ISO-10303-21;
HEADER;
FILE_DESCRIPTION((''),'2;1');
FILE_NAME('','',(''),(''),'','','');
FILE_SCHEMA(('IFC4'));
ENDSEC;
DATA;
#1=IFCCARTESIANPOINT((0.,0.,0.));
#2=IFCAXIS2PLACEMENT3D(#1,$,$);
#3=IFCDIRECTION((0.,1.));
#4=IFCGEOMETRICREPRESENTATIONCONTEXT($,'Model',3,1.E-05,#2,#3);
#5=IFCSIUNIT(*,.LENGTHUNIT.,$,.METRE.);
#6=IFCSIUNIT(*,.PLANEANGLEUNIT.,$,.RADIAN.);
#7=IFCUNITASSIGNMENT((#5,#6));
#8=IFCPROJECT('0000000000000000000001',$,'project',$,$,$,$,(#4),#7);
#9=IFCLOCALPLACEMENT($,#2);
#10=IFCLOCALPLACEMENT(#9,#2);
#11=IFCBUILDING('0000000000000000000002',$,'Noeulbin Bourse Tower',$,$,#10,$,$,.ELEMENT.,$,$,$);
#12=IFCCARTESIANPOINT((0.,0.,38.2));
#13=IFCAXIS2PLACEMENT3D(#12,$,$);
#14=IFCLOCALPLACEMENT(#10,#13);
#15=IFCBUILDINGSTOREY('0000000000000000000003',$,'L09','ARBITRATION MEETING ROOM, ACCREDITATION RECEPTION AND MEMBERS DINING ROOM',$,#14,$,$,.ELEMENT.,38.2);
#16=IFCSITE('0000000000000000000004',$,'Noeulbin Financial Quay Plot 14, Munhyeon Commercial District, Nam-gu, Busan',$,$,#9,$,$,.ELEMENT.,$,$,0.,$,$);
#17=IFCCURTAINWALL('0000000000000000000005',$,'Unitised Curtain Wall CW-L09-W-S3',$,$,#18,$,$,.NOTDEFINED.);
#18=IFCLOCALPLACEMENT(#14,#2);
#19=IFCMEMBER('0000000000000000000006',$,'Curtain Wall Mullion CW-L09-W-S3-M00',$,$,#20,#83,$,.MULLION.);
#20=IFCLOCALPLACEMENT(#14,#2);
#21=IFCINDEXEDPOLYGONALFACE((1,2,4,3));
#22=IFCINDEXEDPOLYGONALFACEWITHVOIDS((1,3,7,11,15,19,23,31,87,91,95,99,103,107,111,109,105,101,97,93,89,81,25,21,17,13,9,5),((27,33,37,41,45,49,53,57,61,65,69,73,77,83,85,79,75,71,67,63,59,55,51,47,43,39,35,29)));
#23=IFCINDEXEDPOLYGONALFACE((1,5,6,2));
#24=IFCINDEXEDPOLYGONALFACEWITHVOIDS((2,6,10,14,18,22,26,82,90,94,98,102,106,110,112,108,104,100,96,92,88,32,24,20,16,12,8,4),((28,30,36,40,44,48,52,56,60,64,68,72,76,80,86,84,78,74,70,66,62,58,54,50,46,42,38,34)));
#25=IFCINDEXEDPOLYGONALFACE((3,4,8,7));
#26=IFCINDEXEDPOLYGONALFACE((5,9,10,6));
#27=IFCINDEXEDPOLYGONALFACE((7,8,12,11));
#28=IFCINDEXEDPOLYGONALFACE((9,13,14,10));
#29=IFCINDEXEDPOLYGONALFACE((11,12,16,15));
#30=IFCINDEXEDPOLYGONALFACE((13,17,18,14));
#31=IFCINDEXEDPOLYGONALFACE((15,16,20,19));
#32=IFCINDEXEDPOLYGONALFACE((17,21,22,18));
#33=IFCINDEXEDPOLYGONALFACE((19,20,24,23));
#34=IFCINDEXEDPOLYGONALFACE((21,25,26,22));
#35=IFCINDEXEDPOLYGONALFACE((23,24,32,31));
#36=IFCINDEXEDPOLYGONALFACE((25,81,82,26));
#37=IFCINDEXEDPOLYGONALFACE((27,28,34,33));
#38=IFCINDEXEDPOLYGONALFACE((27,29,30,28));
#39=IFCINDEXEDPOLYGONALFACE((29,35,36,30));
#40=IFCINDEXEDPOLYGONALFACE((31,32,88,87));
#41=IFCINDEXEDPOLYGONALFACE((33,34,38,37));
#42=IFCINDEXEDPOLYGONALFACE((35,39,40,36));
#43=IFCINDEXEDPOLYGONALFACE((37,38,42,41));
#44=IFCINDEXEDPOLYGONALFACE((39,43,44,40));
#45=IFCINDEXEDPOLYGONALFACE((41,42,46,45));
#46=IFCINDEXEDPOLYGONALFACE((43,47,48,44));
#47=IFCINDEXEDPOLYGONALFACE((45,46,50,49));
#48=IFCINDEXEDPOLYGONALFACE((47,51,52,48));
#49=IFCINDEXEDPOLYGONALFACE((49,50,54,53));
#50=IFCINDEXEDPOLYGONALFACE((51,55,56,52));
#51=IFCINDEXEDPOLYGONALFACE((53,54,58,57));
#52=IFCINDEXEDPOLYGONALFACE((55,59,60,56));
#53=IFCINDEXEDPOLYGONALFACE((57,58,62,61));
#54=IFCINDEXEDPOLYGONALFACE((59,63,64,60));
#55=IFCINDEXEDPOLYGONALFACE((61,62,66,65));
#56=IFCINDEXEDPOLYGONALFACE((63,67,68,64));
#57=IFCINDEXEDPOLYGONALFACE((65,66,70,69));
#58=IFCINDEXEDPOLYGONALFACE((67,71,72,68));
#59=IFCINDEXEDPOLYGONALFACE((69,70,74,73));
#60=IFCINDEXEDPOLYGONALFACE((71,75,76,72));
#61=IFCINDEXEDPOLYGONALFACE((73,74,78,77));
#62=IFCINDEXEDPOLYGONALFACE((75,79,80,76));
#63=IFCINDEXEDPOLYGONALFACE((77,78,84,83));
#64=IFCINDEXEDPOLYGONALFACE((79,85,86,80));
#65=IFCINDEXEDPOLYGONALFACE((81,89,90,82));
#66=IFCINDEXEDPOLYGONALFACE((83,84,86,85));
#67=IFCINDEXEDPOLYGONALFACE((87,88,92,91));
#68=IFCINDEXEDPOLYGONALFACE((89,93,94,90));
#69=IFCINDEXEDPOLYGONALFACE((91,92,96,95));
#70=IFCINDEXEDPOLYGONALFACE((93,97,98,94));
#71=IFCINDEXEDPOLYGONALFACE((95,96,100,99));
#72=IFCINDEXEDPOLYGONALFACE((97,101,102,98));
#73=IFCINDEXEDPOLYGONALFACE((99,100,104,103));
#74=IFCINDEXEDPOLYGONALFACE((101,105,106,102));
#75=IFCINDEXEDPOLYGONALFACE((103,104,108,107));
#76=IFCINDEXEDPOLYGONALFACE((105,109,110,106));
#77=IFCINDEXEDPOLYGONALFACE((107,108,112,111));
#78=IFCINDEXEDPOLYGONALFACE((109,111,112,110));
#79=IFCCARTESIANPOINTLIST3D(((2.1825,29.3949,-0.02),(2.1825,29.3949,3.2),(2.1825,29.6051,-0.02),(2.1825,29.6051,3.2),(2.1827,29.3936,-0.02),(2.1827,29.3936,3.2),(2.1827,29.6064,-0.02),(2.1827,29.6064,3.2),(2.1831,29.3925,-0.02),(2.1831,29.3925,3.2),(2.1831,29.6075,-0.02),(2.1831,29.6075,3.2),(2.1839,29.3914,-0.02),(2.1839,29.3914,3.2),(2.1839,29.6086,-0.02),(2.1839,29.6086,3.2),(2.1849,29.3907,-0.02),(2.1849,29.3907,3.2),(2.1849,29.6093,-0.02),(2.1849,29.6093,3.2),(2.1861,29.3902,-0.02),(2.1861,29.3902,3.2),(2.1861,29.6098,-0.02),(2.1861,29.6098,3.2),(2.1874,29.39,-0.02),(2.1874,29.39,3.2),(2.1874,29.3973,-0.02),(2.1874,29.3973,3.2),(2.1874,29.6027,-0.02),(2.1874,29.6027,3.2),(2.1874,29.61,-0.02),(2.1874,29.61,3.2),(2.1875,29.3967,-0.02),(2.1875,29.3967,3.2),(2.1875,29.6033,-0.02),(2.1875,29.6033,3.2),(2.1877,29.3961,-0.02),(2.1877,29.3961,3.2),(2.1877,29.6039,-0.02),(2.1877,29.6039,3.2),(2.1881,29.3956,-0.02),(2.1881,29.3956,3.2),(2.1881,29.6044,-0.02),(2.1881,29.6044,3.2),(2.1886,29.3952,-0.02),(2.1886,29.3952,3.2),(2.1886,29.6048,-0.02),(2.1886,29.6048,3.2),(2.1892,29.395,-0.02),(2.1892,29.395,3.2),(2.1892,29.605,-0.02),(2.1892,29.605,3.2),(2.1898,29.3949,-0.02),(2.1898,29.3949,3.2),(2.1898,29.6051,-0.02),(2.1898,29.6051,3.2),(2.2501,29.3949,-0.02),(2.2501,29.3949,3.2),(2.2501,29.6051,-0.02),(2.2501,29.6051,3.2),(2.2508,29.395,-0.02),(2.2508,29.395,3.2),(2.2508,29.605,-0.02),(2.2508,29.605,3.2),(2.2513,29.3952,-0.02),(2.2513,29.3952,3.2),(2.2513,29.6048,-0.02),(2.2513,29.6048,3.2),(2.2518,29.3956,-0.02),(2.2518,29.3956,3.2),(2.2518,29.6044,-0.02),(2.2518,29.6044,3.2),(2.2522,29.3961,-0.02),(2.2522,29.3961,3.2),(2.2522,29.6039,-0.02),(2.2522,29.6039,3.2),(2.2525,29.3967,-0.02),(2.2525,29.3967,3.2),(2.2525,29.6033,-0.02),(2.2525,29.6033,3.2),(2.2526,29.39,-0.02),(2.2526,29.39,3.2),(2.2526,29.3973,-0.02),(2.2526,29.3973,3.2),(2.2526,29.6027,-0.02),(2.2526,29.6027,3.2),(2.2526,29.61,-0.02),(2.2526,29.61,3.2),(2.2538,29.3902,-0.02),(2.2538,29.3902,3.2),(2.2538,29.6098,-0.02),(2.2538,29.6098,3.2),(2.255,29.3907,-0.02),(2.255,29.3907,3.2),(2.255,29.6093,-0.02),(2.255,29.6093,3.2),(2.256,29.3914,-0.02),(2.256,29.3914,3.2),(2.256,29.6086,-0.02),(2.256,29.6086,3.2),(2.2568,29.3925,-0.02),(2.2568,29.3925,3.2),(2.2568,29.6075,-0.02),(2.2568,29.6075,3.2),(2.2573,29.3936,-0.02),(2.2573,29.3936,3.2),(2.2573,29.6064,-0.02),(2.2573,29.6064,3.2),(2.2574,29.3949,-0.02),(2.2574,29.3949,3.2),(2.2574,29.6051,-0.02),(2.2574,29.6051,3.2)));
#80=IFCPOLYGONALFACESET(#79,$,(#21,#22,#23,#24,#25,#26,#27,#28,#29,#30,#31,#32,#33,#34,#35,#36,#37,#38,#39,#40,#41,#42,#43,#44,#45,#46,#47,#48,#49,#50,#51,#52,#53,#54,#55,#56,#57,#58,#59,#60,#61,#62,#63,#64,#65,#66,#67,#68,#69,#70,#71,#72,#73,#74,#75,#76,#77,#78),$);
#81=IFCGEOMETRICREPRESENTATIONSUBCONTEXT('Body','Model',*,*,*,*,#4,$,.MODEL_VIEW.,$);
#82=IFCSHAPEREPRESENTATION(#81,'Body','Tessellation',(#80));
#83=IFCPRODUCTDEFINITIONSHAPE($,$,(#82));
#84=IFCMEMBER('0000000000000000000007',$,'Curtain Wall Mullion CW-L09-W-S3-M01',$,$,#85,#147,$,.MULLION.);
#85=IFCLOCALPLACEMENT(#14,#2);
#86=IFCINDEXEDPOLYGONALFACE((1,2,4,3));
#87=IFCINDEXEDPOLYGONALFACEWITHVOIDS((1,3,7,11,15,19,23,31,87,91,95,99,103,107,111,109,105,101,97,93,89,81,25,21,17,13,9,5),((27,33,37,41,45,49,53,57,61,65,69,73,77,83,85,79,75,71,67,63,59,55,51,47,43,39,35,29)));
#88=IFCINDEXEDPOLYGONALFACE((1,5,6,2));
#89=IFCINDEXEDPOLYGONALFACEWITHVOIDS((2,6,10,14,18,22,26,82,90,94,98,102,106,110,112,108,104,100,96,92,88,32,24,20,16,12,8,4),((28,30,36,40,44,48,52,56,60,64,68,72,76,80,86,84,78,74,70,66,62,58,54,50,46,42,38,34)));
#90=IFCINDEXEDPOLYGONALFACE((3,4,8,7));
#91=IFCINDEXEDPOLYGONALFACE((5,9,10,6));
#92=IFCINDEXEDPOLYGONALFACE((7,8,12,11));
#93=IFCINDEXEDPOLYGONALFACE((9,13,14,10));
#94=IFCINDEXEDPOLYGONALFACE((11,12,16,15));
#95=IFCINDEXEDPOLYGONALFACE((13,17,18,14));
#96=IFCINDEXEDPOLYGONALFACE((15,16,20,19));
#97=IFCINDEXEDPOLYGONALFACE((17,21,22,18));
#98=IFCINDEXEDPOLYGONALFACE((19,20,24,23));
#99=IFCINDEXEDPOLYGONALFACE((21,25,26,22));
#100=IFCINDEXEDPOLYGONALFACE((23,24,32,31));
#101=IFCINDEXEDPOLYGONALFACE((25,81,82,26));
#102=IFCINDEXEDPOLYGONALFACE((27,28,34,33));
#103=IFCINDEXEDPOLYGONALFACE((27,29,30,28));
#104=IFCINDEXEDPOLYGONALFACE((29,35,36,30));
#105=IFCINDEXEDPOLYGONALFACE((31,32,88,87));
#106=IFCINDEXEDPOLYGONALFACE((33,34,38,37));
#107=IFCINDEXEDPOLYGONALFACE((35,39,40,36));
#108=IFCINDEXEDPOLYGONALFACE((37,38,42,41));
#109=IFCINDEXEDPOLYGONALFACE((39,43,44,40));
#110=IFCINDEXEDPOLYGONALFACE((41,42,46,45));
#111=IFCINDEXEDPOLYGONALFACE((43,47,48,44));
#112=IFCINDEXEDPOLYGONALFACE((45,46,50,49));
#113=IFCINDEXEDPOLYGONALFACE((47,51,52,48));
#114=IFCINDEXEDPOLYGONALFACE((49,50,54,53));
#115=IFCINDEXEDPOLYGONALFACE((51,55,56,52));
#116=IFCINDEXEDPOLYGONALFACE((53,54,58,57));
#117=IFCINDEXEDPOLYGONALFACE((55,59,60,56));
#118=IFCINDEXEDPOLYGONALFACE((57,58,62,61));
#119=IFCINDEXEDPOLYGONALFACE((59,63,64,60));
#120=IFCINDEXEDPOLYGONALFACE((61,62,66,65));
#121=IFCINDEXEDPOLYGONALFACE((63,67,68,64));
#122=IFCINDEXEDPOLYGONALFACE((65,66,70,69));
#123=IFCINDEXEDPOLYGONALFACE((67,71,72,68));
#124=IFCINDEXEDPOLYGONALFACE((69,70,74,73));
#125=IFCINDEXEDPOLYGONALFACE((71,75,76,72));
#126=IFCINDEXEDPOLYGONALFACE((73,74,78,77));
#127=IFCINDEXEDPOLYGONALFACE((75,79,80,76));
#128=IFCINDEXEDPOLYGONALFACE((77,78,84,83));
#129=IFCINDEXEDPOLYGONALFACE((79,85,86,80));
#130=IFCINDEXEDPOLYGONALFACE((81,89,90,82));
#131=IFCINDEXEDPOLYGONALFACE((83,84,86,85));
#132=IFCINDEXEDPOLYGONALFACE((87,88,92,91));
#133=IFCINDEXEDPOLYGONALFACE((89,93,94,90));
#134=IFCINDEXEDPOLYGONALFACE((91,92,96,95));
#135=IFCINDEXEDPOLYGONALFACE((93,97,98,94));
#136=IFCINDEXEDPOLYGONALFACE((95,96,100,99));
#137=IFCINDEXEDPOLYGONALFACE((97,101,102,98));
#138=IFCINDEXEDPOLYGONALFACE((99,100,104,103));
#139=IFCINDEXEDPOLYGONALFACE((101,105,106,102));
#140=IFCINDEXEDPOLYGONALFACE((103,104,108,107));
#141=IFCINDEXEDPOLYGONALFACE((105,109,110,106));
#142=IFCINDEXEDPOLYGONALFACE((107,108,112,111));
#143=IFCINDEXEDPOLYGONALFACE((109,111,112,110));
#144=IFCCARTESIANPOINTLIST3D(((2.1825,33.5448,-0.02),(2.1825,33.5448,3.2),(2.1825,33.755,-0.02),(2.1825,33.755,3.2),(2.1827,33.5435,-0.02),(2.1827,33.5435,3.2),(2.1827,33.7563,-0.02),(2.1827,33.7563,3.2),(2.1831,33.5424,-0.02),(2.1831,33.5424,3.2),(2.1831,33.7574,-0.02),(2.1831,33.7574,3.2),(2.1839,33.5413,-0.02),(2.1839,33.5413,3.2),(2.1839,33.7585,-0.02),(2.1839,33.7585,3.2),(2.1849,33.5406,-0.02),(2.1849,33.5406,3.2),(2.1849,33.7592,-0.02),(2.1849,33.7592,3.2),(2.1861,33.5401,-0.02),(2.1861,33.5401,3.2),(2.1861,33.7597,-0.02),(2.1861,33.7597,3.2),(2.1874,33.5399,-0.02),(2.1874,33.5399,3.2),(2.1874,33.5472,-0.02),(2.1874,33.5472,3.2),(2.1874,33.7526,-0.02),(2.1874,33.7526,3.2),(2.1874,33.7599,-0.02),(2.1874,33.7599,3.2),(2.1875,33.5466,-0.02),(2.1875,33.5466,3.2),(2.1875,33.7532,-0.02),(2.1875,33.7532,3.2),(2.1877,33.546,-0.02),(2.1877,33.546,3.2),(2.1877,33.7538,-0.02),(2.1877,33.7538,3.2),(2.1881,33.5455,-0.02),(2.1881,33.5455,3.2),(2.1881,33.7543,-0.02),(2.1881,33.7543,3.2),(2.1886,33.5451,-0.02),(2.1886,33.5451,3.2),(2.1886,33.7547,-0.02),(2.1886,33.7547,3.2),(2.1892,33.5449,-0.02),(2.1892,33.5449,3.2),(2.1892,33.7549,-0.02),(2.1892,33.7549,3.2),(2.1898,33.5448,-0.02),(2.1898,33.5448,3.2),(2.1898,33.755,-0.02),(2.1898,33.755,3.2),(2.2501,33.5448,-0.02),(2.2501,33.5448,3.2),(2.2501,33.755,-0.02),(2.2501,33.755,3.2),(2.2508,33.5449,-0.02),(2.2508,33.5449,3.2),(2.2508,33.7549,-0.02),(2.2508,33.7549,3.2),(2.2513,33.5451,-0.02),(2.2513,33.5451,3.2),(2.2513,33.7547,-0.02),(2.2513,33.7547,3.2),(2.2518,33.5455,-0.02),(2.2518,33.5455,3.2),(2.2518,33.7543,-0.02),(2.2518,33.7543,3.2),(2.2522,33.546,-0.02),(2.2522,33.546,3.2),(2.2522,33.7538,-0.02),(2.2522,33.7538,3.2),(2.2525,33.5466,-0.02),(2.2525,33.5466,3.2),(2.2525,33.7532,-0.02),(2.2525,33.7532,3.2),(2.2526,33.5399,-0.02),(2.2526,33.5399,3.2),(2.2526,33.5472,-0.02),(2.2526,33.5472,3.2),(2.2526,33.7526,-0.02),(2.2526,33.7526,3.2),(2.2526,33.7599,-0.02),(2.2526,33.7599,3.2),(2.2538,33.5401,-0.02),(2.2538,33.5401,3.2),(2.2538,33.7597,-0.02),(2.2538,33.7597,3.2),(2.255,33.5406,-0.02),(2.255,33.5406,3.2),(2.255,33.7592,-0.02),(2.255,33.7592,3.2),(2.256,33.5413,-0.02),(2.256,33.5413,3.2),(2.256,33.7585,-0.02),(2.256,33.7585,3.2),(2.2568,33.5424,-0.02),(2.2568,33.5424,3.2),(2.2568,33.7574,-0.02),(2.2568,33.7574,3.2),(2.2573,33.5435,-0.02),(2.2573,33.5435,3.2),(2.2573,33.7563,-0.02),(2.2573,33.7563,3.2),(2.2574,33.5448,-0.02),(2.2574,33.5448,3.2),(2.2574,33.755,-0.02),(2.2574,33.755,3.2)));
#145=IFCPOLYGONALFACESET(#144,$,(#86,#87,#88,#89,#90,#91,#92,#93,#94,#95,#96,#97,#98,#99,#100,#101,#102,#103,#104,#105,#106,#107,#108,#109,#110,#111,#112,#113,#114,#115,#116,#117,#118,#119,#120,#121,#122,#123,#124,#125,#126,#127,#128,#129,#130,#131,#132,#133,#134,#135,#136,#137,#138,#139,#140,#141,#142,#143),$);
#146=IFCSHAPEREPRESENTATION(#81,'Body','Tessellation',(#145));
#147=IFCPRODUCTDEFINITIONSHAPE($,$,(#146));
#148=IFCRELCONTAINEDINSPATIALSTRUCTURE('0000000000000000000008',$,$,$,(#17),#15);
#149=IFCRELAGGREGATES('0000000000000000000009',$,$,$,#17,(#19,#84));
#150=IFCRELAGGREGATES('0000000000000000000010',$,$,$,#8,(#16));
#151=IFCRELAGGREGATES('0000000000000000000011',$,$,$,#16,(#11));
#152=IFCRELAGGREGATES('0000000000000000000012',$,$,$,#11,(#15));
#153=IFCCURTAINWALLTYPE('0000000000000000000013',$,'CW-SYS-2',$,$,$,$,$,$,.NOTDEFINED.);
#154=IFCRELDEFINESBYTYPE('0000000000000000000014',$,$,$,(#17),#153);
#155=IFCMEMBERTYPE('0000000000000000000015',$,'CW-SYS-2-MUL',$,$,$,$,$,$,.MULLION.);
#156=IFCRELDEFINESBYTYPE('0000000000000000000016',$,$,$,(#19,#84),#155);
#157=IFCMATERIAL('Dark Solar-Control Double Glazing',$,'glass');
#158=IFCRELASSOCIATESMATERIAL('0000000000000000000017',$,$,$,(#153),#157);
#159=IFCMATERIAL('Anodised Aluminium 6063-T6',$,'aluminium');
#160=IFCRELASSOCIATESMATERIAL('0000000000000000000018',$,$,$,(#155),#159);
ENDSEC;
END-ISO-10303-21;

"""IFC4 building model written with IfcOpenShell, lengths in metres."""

from ifc_helpers import new_model, si_unit, direction, frame, origin, origin_2d, place, context, subcontext, project, spatial, hollow_rectangle, extrude, material, material_profile, profile_set, type_object, element, aggregate, save


model = new_model("IFC4")

# Units and contexts
model_context = context("Model", 3, precision=1e-05, world=origin(), true_north=direction((0.0, 1.0)))
body_context = subcontext(model_context, "Body", "Model", "MODEL_VIEW")
ifc_project = project(units=[si_unit("LENGTHUNIT", "METRE"), si_unit("PLANEANGLEUNIT", "RADIAN")], contexts=[model_context])

# Site, building, storey
site_placement = place(None, origin())
site = spatial("IfcSite", under=ifc_project, at=site_placement, Name="Noeulbin Financial Quay Plot 14, Munhyeon Commercial District, Nam-gu, Busan", CompositionType="ELEMENT", RefElevation=0.0)
building_placement = place(site_placement, origin())
building = spatial("IfcBuilding", under=site, at=building_placement, Name="Noeulbin Bourse Tower", CompositionType="ELEMENT")
storey_placement = place(building_placement, frame((0.0, 0.0, 38.2)))
storey = spatial("IfcBuildingStorey", under=building, at=storey_placement, Name="L09", Description="ARBITRATION MEETING ROOM, ACCREDITATION RECEPTION AND MEMBERS DINING ROOM", CompositionType="ELEMENT", Elevation=38.2)

# Shared definitions
ifc_material_1 = material(Name="Dark Solar-Control Double Glazing", Category="glass")
curtain_wall_type = type_object("IfcCurtainWallType", Name="CW-SYS-2", PredefinedType="NOTDEFINED", material=ifc_material_1)
ifc_material_2 = material(Name="Anodised Aluminium 6063-T6", Category="aluminium")
ifc_material_profile_1 = material_profile(ifc_material_2, hollow_rectangle(XDim=0.075, YDim=0.22, WallThickness=0.0049, InnerFilletRadius=0.0024, OuterFilletRadius=0.0049, at=origin_2d()), Name="ALU-MULL-75x220x5", Category="LoadBearing")
ifc_profile_set_1 = profile_set([ifc_material_profile_1], Name="Anodised Aluminium 6063-T6")
member_type_1 = type_object("IfcMemberType", Name="CW-SYS-2-MUL", PredefinedType="MULLION", material=ifc_profile_set_1)

# Curtain wall, members
curtain_wall_1_placement = place(storey_placement, origin())
curtain_wall_1 = element("IfcCurtainWall", 1, at=curtain_wall_1_placement, inside=storey, type_object=curtain_wall_type, Name="Unitised Curtain Wall CW-L09-W-S3", PredefinedType="NOTDEFINED")
member_1_placement = place(storey_placement, frame((2.22, 29.5, -0.02), z_axis=(0.0, 0.0, 1.0), x_axis=(1.0, 0.0, 0.0)))
member_1 = element("IfcMember", 2, at=member_1_placement, type_object=member_type_1, Name="Curtain Wall Mullion CW-L09-W-S3-M00", PredefinedType="MULLION", context=body_context, shape_type="SweptSolid", body=[
    extrude(hollow_rectangle(XDim=0.075, YDim=0.22, WallThickness=0.0049, InnerFilletRadius=0.0024, OuterFilletRadius=0.0049, at=origin_2d()), origin(), (0.0, 0.0, 1.0), 3.22),
])
member_2_placement = place(storey_placement, frame((2.22, 33.6499, -0.02), z_axis=(0.0, 0.0, 1.0), x_axis=(1.0, 0.0, 0.0)))
member_2 = element("IfcMember", 3, at=member_2_placement, type_object=member_type_1, Name="Curtain Wall Mullion CW-L09-W-S3-M01", PredefinedType="MULLION", context=body_context, shape_type="SweptSolid", body=[
    extrude(hollow_rectangle(XDim=0.075, YDim=0.22, WallThickness=0.0049, InnerFilletRadius=0.0024, OuterFilletRadius=0.0049, at=origin_2d()), origin(), (0.0, 0.0, 1.0), 3.22),
])
aggregate(curtain_wall_1, [member_1, member_2])

save(model, "model.ifc")
